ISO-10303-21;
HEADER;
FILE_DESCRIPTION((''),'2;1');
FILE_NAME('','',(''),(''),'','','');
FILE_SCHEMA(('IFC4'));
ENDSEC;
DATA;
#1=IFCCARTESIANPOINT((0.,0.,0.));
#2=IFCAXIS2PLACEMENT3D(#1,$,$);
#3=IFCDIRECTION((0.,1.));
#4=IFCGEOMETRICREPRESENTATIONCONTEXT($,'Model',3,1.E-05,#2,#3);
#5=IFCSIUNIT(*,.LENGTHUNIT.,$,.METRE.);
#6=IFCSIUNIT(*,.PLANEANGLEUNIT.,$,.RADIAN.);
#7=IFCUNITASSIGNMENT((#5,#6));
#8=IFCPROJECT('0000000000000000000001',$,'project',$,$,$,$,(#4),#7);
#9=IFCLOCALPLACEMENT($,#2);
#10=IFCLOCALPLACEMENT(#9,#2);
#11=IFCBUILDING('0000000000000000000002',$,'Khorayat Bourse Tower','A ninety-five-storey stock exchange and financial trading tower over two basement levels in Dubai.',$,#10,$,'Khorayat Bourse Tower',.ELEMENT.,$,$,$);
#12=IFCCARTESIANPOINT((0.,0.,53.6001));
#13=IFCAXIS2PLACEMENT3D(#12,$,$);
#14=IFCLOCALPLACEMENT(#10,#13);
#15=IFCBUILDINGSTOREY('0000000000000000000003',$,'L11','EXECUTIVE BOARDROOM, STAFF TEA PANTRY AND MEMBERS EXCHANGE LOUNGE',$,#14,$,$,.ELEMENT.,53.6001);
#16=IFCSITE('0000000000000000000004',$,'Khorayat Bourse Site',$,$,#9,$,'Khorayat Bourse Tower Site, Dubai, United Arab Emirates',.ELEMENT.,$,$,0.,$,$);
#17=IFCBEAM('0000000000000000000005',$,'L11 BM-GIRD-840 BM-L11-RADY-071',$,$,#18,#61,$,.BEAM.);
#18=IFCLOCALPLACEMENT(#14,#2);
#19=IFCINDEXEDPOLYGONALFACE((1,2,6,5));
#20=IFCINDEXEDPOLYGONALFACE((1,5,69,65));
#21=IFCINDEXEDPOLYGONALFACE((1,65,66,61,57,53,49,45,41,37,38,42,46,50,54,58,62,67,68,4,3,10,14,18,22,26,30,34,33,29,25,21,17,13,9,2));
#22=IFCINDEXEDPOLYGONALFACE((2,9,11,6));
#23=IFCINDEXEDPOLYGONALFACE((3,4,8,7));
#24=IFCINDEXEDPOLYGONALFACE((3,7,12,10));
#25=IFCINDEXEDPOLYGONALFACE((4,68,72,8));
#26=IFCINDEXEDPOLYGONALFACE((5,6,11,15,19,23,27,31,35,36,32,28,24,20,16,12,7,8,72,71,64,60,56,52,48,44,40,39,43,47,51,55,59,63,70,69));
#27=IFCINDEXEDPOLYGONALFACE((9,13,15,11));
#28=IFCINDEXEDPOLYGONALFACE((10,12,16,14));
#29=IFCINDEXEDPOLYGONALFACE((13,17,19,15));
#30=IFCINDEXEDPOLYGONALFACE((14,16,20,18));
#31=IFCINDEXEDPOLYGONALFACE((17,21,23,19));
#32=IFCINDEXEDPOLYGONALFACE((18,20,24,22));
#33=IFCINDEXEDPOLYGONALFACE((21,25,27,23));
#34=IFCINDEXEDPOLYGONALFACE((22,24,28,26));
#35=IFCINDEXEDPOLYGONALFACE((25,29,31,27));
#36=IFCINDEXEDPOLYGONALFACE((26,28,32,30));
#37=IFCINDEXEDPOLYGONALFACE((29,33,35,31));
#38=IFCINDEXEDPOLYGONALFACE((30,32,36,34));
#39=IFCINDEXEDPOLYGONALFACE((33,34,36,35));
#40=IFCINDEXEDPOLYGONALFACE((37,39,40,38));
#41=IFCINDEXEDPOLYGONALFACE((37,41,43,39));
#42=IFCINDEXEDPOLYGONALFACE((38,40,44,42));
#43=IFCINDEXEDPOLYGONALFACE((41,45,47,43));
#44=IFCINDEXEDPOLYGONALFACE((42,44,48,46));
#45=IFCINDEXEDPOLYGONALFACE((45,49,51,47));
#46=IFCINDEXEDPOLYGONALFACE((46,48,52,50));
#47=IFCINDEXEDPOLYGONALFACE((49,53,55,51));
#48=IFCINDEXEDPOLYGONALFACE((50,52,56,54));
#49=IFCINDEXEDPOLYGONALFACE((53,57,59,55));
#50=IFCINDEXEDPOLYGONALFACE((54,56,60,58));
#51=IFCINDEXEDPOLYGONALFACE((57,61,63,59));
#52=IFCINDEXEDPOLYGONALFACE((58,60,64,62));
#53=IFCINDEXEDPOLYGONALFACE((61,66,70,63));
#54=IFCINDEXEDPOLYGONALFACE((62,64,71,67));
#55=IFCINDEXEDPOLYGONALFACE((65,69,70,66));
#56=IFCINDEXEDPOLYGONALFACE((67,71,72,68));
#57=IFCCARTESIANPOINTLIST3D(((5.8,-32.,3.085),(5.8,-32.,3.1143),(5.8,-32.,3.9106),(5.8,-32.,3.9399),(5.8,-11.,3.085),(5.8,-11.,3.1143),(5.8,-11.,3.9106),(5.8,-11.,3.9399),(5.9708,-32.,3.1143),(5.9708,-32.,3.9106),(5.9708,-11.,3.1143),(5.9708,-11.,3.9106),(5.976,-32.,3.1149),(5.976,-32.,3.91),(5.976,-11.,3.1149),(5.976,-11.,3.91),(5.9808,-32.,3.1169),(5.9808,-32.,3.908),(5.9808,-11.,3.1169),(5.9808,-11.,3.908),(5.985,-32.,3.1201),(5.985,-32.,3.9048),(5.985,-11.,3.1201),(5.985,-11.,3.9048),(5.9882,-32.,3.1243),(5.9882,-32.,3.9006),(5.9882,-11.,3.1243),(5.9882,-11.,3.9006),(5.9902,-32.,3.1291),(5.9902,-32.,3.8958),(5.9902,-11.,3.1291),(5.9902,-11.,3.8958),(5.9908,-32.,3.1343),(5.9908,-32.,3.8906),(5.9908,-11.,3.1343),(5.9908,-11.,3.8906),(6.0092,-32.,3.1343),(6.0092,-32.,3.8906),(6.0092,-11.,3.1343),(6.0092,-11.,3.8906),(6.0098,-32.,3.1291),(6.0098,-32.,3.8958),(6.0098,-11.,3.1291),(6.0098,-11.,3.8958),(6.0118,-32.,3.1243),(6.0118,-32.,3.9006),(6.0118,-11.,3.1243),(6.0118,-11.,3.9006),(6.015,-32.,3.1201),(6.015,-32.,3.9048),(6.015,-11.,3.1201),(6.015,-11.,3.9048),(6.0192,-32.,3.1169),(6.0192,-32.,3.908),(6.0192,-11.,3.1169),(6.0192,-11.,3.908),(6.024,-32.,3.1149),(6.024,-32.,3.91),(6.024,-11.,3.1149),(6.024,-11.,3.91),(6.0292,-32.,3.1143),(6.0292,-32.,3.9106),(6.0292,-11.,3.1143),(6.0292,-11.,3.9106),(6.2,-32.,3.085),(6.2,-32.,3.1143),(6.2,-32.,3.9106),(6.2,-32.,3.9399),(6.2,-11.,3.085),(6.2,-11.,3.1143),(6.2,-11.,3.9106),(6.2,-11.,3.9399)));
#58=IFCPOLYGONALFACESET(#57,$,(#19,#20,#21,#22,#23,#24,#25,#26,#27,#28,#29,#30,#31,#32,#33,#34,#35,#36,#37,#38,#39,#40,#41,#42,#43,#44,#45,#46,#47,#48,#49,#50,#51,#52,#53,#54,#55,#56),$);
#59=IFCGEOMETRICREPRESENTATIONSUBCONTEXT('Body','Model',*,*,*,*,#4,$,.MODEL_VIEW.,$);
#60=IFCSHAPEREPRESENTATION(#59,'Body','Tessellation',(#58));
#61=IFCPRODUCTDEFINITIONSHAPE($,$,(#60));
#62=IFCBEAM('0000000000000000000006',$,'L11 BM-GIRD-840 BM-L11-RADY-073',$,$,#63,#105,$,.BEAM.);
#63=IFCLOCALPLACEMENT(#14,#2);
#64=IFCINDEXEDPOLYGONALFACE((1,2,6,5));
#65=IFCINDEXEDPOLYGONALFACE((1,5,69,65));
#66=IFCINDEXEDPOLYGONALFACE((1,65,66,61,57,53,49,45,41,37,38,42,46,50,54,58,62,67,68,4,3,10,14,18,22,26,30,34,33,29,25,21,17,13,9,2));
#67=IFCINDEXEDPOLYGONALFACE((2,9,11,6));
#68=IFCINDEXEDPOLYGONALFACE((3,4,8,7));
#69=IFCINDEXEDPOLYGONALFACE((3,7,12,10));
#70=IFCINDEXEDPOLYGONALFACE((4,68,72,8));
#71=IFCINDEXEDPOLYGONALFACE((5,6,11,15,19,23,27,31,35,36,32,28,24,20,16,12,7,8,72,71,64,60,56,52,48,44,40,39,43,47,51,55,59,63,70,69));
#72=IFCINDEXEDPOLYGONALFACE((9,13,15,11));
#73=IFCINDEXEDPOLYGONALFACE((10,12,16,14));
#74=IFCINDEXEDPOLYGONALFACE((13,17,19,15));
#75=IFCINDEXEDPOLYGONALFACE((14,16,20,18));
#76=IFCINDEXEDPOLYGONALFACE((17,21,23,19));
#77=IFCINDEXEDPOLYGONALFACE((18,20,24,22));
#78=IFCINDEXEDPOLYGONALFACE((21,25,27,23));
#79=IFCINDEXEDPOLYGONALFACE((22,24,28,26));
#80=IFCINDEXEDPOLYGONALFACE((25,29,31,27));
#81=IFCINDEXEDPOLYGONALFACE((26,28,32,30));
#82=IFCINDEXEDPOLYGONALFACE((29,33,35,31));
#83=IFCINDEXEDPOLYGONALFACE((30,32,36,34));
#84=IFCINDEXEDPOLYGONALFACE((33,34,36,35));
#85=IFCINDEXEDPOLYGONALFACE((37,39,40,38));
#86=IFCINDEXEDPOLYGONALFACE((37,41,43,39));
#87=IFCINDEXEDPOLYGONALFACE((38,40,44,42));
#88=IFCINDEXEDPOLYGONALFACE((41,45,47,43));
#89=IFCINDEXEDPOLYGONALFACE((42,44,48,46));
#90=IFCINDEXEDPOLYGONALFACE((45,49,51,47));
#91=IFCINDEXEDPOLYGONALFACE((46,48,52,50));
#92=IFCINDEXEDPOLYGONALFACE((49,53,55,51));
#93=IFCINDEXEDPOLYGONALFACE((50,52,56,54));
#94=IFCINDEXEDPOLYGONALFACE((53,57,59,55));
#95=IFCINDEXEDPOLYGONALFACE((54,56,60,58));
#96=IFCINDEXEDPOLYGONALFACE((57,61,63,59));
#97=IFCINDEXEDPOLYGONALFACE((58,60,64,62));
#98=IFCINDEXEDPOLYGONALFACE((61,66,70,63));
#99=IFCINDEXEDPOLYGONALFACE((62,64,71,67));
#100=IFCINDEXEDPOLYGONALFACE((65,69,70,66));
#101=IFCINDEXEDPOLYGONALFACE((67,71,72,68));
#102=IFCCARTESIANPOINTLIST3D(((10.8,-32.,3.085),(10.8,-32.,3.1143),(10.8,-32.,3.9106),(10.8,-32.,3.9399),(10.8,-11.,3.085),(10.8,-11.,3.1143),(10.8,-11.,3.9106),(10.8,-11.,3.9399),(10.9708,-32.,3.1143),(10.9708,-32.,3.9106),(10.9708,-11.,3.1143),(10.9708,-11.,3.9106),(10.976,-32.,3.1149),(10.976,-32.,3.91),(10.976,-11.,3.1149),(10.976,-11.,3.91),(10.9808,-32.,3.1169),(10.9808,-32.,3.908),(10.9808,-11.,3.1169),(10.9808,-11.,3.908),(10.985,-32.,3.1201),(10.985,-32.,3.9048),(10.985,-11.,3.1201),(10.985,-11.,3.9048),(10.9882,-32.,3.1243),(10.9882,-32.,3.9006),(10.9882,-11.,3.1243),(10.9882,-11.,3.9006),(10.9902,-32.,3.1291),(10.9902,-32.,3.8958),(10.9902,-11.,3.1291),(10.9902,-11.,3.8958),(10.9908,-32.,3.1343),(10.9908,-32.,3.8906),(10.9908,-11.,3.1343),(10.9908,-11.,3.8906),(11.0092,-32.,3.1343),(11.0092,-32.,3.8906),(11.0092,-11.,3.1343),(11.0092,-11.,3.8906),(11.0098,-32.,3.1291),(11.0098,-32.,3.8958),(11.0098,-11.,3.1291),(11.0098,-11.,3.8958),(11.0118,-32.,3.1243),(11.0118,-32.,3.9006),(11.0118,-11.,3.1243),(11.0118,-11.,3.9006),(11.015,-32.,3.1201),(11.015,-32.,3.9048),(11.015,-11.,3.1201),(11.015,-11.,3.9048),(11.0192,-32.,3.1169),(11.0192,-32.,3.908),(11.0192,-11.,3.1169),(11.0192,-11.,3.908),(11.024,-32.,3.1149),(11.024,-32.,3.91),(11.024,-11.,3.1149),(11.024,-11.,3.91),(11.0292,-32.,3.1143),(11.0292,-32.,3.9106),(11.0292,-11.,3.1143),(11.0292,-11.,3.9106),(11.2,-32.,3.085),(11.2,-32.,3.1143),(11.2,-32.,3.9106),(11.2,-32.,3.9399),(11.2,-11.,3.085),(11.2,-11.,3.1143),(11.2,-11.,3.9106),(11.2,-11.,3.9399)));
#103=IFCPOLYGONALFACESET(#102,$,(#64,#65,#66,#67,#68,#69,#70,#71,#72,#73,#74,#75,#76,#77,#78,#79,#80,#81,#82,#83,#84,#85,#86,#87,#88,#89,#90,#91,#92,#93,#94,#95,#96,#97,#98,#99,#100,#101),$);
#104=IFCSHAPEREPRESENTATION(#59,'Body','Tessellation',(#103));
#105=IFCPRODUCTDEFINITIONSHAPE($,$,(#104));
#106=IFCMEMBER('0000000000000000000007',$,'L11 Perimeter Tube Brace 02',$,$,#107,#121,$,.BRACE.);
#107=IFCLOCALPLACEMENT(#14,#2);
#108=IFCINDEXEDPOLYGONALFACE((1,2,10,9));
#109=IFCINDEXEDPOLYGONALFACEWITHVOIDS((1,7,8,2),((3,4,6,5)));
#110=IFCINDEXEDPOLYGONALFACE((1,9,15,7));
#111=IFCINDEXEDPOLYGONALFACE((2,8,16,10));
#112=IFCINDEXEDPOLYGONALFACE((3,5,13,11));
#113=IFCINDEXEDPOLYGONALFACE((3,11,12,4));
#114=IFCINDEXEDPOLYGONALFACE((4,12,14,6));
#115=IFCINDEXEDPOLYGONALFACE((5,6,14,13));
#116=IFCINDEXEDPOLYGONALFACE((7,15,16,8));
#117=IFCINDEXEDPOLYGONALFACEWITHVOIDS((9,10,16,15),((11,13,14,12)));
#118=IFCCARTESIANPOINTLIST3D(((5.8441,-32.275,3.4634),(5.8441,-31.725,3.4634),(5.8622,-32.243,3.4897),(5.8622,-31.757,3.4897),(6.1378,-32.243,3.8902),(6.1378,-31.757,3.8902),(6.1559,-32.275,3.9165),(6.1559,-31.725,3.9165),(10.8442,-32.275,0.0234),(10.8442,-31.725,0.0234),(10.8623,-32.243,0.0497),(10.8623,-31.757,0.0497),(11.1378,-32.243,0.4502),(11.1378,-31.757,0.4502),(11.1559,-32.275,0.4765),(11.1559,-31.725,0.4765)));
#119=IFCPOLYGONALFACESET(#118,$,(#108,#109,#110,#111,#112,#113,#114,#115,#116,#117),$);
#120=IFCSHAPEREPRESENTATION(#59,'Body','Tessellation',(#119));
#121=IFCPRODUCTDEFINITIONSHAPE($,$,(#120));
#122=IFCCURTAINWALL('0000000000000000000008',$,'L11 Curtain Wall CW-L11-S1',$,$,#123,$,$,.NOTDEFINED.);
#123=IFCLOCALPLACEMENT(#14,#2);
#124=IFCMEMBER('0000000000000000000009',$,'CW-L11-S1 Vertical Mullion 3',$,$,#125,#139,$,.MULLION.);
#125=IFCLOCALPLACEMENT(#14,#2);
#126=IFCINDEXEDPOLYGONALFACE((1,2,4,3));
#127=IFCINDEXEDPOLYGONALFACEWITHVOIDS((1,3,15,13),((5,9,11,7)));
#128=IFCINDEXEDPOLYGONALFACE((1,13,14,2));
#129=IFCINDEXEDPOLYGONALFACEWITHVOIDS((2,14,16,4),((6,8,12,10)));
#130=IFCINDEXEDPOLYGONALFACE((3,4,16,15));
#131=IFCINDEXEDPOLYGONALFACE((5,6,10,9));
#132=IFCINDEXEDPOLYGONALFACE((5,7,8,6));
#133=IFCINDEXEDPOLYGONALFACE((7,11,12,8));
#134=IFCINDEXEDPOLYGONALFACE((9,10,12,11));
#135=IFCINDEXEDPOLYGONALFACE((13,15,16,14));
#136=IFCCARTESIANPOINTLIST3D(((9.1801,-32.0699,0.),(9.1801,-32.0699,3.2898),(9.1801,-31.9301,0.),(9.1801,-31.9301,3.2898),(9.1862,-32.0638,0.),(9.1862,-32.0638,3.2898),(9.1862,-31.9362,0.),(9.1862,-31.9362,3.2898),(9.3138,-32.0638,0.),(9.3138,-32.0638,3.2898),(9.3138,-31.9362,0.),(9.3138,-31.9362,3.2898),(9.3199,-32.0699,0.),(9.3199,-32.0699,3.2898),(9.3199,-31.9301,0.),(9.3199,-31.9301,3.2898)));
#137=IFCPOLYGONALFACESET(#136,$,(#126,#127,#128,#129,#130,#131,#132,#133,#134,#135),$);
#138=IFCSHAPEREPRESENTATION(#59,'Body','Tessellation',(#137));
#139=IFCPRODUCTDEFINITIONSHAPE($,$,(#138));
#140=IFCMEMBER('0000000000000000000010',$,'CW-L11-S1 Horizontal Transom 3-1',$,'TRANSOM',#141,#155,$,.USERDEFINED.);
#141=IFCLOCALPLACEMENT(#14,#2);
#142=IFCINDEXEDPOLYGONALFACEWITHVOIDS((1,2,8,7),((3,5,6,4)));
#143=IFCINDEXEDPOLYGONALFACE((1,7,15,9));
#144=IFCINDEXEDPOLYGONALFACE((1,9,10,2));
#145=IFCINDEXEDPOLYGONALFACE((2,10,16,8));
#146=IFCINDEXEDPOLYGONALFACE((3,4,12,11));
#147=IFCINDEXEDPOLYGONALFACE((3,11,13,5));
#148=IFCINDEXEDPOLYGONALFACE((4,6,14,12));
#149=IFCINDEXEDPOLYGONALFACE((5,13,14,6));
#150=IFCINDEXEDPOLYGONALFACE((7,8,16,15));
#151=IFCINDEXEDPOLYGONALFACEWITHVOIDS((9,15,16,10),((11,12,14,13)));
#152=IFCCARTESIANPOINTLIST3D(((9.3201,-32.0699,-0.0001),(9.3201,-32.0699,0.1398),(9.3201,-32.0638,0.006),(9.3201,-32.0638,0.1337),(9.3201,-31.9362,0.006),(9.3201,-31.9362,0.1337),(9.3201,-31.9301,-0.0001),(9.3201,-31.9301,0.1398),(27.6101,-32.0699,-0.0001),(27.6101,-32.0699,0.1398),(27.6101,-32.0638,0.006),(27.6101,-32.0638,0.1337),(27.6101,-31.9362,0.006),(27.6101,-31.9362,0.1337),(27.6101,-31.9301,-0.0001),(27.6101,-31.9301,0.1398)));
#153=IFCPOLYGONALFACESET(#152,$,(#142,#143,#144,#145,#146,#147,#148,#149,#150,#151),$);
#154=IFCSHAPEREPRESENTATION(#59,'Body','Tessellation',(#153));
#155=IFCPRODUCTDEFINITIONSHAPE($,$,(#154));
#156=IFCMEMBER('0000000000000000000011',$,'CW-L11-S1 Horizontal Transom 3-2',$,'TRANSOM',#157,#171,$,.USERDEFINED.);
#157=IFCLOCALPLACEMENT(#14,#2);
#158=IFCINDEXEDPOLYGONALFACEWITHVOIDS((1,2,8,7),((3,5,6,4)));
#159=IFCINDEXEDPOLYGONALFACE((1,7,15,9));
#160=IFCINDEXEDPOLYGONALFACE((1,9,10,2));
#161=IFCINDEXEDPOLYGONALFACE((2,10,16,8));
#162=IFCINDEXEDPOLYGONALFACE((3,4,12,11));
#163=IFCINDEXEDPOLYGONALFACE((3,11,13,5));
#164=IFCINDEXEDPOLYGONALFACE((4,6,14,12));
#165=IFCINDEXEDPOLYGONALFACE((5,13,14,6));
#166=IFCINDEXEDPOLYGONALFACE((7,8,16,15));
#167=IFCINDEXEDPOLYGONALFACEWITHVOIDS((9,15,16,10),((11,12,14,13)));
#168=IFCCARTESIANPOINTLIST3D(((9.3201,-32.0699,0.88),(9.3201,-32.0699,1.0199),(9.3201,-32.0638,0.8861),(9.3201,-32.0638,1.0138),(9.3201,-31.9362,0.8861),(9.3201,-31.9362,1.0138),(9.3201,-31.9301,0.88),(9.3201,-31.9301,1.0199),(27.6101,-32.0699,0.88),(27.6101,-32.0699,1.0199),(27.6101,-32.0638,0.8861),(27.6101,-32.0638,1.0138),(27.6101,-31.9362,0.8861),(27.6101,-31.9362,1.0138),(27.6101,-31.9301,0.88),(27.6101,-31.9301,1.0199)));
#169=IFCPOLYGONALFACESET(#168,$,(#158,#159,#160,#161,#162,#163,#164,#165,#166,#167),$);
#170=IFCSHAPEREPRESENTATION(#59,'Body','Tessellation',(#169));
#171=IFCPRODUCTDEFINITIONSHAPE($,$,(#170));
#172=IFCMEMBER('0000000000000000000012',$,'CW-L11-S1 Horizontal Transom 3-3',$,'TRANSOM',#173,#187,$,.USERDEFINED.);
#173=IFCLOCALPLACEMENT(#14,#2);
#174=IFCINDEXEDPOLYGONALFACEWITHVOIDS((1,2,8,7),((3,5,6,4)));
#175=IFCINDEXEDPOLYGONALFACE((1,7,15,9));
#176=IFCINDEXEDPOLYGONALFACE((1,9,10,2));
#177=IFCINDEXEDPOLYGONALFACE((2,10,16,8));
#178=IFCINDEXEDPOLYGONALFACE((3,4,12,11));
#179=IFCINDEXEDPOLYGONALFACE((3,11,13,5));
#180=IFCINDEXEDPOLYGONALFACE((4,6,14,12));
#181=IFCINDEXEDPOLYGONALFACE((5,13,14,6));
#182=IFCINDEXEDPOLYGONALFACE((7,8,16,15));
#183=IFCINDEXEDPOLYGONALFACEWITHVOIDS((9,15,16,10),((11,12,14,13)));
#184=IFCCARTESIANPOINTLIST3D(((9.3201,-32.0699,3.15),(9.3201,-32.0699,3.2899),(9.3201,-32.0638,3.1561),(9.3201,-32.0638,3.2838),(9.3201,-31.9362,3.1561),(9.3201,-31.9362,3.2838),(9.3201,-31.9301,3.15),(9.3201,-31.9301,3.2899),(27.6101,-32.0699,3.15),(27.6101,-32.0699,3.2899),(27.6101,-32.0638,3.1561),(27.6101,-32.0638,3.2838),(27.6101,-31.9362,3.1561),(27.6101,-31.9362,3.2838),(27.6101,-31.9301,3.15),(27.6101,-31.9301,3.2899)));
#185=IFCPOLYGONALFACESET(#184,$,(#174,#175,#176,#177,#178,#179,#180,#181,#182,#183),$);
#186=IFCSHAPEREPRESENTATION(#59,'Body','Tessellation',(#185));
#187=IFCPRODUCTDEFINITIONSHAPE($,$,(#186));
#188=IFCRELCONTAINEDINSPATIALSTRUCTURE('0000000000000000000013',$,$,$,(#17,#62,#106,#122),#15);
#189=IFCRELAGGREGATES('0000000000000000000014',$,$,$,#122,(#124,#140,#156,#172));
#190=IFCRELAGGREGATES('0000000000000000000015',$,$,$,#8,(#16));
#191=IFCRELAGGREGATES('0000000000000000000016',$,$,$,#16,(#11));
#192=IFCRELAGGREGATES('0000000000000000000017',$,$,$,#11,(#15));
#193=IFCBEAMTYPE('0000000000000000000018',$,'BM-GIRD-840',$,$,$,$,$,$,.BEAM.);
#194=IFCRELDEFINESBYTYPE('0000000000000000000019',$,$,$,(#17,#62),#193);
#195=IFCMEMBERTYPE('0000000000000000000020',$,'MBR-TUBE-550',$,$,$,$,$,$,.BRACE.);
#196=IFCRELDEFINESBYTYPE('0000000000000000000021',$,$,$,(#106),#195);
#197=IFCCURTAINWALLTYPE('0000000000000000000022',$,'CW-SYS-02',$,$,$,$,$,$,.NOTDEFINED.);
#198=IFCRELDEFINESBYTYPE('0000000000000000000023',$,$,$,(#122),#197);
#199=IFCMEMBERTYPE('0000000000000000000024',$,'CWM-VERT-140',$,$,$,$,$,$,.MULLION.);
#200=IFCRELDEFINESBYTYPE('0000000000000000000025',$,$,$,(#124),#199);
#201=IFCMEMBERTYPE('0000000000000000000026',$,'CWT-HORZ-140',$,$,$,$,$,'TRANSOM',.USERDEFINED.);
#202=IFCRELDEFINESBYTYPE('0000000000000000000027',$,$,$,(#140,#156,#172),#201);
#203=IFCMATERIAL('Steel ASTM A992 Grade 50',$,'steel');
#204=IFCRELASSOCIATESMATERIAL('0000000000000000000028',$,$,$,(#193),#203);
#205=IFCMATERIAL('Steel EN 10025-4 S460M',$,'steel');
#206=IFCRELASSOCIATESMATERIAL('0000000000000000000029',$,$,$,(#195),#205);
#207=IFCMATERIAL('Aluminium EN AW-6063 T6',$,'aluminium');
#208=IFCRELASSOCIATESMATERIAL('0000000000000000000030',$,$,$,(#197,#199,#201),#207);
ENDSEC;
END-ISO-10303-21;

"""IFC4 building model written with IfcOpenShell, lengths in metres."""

from ifc_helpers import new_model, si_unit, direction, frame, origin, origin_2d, place, context, subcontext, project, spatial, hollow_rectangle, i_section, extrude, source, transform, mapped, material, material_profile, profile_set, type_object, element, aggregate, save


model = new_model("IFC4")

# Units and contexts
model_context = context("Model", 3, precision=1e-05, world=origin(), true_north=direction((0.0, 1.0)))
body_context = subcontext(model_context, "Body", "Model", "MODEL_VIEW")
ifc_project = project(units=[si_unit("LENGTHUNIT", "METRE"), si_unit("PLANEANGLEUNIT", "RADIAN")], contexts=[model_context])

# Site, building, storey
site_placement = place(None, origin())
site = spatial("IfcSite", under=ifc_project, at=site_placement, Name="Khorayat Bourse Site", LongName="Khorayat Bourse Tower Site, Dubai, United Arab Emirates", CompositionType="ELEMENT", RefElevation=0.0)
building_placement = place(site_placement, origin())
building = spatial("IfcBuilding", under=site, at=building_placement, Name="Khorayat Bourse Tower", Description="A ninety-five-storey stock exchange and financial trading tower over two basement levels in Dubai.", LongName="Khorayat Bourse Tower", CompositionType="ELEMENT")
storey_placement = place(building_placement, frame((0.0, 0.0, 53.6001)))
storey = spatial("IfcBuildingStorey", under=building, at=storey_placement, Name="L11", Description="EXECUTIVE BOARDROOM, STAFF TEA PANTRY AND MEMBERS EXCHANGE LOUNGE", CompositionType="ELEMENT", Elevation=53.6001)

# Shared definitions
ifc_material_1 = material(Name="Steel EN 10025-4 S460M", Category="steel")

# Beams
ifc_material_2 = material(Name="Steel ASTM A992 Grade 50", Category="steel")
ifc_material_profile_1 = material_profile(ifc_material_2, i_section(OverallWidth=0.3999, OverallDepth=0.855, WebThickness=0.0183, FlangeThickness=0.0293, FilletRadius=0.02, at=origin_2d()), Name="W840X299")
ifc_profile_set_1 = profile_set([ifc_material_profile_1], Name="Steel ASTM A992 Grade 50")
beam_type_1 = type_object("IfcBeamType", Name="BM-GIRD-840", PredefinedType="BEAM", material=ifc_profile_set_1)
shared_shape_1 = source(origin(), body_context, "Body", "SweptSolid", [
    extrude(i_section(OverallWidth=0.3999, OverallDepth=0.855, WebThickness=0.0183, FlangeThickness=0.0293, FilletRadius=0.02, at=origin_2d()), origin(), (0.0, 0.0, 1.0), 21.0),
])
for number, where, z_axis, x_axis, name in (
    (1, (6.0, -32.0, 3.5125), (0.0, 1.0, 0.0), (-1.0, 0.0, 0.0), "L11 BM-GIRD-840 BM-L11-RADY-071"),
    (2, (11.0, -32.0, 3.5125), (0.0, 1.0, 0.0), (-1.0, 0.0, 0.0), "L11 BM-GIRD-840 BM-L11-RADY-073"),
):
    element("IfcBeam", number, at=place(storey_placement, frame(where, z_axis=z_axis, x_axis=x_axis)), inside=storey, type_object=beam_type_1, Name=name, PredefinedType="BEAM", context=body_context, shape_type="MappedRepresentation", body=[
        mapped(shared_shape_1, transform((0.0, 0.0, 0.0), scale=1.0)),
    ])

# Member
ifc_material_profile_2 = material_profile(ifc_material_1, hollow_rectangle(XDim=0.55, YDim=0.55, WallThickness=0.032, at=origin_2d()), Name="HSS 550x550x32")
ifc_profile_set_2 = profile_set([ifc_material_profile_2], Name="Steel EN 10025-4 S460M")
member_type_1 = type_object("IfcMemberType", Name="MBR-TUBE-550", PredefinedType="BRACE", material=ifc_profile_set_2)
shared_shape_2 = source(origin(), body_context, "Body", "SweptSolid", [
    extrude(hollow_rectangle(XDim=0.55, YDim=0.55, WallThickness=0.032, at=origin_2d()), origin(), (0.0, 0.0, 1.0), 6.0691),
])
member_1_placement = place(storey_placement, frame((6.0, -32.0, 3.6899), z_axis=(0.823854, 0.0, -0.566802), x_axis=(0.0, 1.0, 0.0)))
element("IfcMember", 3, at=member_1_placement, inside=storey, type_object=member_type_1, Name="L11 Perimeter Tube Brace 02", PredefinedType="BRACE", context=body_context, shape_type="MappedRepresentation", body=[
    mapped(shared_shape_2, transform((0.0, 0.0, 0.0), scale=1.0)),
])

# Curtain wall, members
ifc_material_3 = material(Name="Aluminium EN AW-6063 T6", Category="aluminium")
curtain_wall_type = type_object("IfcCurtainWallType", Name="CW-SYS-02", PredefinedType="NOTDEFINED", material=ifc_material_3)
curtain_wall_placement = place(storey_placement, origin())
curtain_wall = element("IfcCurtainWall", 4, at=curtain_wall_placement, inside=storey, type_object=curtain_wall_type, Name="L11 Curtain Wall CW-L11-S1", PredefinedType="NOTDEFINED")
ifc_material_profile_3 = material_profile(ifc_material_3, hollow_rectangle(XDim=0.1399, YDim=0.1399, WallThickness=0.0061, at=origin_2d()), Name="ALU 140x140x6")
ifc_profile_set_3 = profile_set([ifc_material_profile_3], Name="Aluminium EN AW-6063 T6")
member_type_2 = type_object("IfcMemberType", Name="CWM-VERT-140", PredefinedType="MULLION", material=ifc_profile_set_3)
shared_shape_3 = source(origin(), body_context, "Body", "SweptSolid", [
    extrude(hollow_rectangle(XDim=0.1399, YDim=0.1399, WallThickness=0.0061, at=origin_2d()), origin(), (0.0, 0.0, 1.0), 3.2898),
])
member_2_placement = place(storey_placement, frame((9.25, -32.0, 0.0), z_axis=(0.0, 0.0, 1.0), x_axis=(0.0, 1.0, 0.0)))
member_2 = element("IfcMember", 5, at=member_2_placement, type_object=member_type_2, Name="CW-L11-S1 Vertical Mullion 3", PredefinedType="MULLION", context=body_context, shape_type="MappedRepresentation", body=[
    mapped(shared_shape_3, transform((0.0, 0.0, 0.0), scale=1.0)),
])
ifc_material_profile_4 = material_profile(ifc_material_3, hollow_rectangle(XDim=0.1399, YDim=0.1399, WallThickness=0.0061, at=origin_2d()), Name="ALU 140x140x6")
ifc_profile_set_4 = profile_set([ifc_material_profile_4], Name="Aluminium EN AW-6063 T6")
member_type_3 = type_object("IfcMemberType", Name="CWT-HORZ-140", ElementType="TRANSOM", PredefinedType="USERDEFINED", material=ifc_profile_set_4)
shared_shape_4 = source(origin(), body_context, "Body", "SweptSolid", [
    extrude(hollow_rectangle(XDim=0.1399, YDim=0.1399, WallThickness=0.0061, at=origin_2d()), origin(), (0.0, 0.0, 1.0), 18.29),
])
member_3_placement = place(storey_placement, frame((9.3201, -32.0, 0.0698), z_axis=(1.0, 0.0, 0.0), x_axis=(0.0, 1.0, 0.0)))
member_3 = element("IfcMember", 6, at=member_3_placement, type_object=member_type_3, Name="CW-L11-S1 Horizontal Transom 3-1", ObjectType="TRANSOM", PredefinedType="USERDEFINED", context=body_context, shape_type="MappedRepresentation", body=[
    mapped(shared_shape_4, transform((0.0, 0.0, 0.0), scale=1.0)),
])
member_4_placement = place(storey_placement, frame((9.3201, -32.0, 0.95), z_axis=(1.0, 0.0, 0.0), x_axis=(0.0, 1.0, 0.0)))
member_4 = element("IfcMember", 7, at=member_4_placement, type_object=member_type_3, Name="CW-L11-S1 Horizontal Transom 3-2", ObjectType="TRANSOM", PredefinedType="USERDEFINED", context=body_context, shape_type="MappedRepresentation", body=[
    mapped(shared_shape_4, transform((0.0, 0.0, 0.0), scale=1.0)),
])
member_5_placement = place(storey_placement, frame((9.3201, -32.0, 3.22), z_axis=(1.0, 0.0, 0.0), x_axis=(0.0, 1.0, 0.0)))
member_5 = element("IfcMember", 8, at=member_5_placement, type_object=member_type_3, Name="CW-L11-S1 Horizontal Transom 3-3", ObjectType="TRANSOM", PredefinedType="USERDEFINED", context=body_context, shape_type="MappedRepresentation", body=[
    mapped(shared_shape_4, transform((0.0, 0.0, 0.0), scale=1.0)),
])

aggregate(curtain_wall, [member_2, member_3, member_4, member_5])

save(model, "model.ifc")
